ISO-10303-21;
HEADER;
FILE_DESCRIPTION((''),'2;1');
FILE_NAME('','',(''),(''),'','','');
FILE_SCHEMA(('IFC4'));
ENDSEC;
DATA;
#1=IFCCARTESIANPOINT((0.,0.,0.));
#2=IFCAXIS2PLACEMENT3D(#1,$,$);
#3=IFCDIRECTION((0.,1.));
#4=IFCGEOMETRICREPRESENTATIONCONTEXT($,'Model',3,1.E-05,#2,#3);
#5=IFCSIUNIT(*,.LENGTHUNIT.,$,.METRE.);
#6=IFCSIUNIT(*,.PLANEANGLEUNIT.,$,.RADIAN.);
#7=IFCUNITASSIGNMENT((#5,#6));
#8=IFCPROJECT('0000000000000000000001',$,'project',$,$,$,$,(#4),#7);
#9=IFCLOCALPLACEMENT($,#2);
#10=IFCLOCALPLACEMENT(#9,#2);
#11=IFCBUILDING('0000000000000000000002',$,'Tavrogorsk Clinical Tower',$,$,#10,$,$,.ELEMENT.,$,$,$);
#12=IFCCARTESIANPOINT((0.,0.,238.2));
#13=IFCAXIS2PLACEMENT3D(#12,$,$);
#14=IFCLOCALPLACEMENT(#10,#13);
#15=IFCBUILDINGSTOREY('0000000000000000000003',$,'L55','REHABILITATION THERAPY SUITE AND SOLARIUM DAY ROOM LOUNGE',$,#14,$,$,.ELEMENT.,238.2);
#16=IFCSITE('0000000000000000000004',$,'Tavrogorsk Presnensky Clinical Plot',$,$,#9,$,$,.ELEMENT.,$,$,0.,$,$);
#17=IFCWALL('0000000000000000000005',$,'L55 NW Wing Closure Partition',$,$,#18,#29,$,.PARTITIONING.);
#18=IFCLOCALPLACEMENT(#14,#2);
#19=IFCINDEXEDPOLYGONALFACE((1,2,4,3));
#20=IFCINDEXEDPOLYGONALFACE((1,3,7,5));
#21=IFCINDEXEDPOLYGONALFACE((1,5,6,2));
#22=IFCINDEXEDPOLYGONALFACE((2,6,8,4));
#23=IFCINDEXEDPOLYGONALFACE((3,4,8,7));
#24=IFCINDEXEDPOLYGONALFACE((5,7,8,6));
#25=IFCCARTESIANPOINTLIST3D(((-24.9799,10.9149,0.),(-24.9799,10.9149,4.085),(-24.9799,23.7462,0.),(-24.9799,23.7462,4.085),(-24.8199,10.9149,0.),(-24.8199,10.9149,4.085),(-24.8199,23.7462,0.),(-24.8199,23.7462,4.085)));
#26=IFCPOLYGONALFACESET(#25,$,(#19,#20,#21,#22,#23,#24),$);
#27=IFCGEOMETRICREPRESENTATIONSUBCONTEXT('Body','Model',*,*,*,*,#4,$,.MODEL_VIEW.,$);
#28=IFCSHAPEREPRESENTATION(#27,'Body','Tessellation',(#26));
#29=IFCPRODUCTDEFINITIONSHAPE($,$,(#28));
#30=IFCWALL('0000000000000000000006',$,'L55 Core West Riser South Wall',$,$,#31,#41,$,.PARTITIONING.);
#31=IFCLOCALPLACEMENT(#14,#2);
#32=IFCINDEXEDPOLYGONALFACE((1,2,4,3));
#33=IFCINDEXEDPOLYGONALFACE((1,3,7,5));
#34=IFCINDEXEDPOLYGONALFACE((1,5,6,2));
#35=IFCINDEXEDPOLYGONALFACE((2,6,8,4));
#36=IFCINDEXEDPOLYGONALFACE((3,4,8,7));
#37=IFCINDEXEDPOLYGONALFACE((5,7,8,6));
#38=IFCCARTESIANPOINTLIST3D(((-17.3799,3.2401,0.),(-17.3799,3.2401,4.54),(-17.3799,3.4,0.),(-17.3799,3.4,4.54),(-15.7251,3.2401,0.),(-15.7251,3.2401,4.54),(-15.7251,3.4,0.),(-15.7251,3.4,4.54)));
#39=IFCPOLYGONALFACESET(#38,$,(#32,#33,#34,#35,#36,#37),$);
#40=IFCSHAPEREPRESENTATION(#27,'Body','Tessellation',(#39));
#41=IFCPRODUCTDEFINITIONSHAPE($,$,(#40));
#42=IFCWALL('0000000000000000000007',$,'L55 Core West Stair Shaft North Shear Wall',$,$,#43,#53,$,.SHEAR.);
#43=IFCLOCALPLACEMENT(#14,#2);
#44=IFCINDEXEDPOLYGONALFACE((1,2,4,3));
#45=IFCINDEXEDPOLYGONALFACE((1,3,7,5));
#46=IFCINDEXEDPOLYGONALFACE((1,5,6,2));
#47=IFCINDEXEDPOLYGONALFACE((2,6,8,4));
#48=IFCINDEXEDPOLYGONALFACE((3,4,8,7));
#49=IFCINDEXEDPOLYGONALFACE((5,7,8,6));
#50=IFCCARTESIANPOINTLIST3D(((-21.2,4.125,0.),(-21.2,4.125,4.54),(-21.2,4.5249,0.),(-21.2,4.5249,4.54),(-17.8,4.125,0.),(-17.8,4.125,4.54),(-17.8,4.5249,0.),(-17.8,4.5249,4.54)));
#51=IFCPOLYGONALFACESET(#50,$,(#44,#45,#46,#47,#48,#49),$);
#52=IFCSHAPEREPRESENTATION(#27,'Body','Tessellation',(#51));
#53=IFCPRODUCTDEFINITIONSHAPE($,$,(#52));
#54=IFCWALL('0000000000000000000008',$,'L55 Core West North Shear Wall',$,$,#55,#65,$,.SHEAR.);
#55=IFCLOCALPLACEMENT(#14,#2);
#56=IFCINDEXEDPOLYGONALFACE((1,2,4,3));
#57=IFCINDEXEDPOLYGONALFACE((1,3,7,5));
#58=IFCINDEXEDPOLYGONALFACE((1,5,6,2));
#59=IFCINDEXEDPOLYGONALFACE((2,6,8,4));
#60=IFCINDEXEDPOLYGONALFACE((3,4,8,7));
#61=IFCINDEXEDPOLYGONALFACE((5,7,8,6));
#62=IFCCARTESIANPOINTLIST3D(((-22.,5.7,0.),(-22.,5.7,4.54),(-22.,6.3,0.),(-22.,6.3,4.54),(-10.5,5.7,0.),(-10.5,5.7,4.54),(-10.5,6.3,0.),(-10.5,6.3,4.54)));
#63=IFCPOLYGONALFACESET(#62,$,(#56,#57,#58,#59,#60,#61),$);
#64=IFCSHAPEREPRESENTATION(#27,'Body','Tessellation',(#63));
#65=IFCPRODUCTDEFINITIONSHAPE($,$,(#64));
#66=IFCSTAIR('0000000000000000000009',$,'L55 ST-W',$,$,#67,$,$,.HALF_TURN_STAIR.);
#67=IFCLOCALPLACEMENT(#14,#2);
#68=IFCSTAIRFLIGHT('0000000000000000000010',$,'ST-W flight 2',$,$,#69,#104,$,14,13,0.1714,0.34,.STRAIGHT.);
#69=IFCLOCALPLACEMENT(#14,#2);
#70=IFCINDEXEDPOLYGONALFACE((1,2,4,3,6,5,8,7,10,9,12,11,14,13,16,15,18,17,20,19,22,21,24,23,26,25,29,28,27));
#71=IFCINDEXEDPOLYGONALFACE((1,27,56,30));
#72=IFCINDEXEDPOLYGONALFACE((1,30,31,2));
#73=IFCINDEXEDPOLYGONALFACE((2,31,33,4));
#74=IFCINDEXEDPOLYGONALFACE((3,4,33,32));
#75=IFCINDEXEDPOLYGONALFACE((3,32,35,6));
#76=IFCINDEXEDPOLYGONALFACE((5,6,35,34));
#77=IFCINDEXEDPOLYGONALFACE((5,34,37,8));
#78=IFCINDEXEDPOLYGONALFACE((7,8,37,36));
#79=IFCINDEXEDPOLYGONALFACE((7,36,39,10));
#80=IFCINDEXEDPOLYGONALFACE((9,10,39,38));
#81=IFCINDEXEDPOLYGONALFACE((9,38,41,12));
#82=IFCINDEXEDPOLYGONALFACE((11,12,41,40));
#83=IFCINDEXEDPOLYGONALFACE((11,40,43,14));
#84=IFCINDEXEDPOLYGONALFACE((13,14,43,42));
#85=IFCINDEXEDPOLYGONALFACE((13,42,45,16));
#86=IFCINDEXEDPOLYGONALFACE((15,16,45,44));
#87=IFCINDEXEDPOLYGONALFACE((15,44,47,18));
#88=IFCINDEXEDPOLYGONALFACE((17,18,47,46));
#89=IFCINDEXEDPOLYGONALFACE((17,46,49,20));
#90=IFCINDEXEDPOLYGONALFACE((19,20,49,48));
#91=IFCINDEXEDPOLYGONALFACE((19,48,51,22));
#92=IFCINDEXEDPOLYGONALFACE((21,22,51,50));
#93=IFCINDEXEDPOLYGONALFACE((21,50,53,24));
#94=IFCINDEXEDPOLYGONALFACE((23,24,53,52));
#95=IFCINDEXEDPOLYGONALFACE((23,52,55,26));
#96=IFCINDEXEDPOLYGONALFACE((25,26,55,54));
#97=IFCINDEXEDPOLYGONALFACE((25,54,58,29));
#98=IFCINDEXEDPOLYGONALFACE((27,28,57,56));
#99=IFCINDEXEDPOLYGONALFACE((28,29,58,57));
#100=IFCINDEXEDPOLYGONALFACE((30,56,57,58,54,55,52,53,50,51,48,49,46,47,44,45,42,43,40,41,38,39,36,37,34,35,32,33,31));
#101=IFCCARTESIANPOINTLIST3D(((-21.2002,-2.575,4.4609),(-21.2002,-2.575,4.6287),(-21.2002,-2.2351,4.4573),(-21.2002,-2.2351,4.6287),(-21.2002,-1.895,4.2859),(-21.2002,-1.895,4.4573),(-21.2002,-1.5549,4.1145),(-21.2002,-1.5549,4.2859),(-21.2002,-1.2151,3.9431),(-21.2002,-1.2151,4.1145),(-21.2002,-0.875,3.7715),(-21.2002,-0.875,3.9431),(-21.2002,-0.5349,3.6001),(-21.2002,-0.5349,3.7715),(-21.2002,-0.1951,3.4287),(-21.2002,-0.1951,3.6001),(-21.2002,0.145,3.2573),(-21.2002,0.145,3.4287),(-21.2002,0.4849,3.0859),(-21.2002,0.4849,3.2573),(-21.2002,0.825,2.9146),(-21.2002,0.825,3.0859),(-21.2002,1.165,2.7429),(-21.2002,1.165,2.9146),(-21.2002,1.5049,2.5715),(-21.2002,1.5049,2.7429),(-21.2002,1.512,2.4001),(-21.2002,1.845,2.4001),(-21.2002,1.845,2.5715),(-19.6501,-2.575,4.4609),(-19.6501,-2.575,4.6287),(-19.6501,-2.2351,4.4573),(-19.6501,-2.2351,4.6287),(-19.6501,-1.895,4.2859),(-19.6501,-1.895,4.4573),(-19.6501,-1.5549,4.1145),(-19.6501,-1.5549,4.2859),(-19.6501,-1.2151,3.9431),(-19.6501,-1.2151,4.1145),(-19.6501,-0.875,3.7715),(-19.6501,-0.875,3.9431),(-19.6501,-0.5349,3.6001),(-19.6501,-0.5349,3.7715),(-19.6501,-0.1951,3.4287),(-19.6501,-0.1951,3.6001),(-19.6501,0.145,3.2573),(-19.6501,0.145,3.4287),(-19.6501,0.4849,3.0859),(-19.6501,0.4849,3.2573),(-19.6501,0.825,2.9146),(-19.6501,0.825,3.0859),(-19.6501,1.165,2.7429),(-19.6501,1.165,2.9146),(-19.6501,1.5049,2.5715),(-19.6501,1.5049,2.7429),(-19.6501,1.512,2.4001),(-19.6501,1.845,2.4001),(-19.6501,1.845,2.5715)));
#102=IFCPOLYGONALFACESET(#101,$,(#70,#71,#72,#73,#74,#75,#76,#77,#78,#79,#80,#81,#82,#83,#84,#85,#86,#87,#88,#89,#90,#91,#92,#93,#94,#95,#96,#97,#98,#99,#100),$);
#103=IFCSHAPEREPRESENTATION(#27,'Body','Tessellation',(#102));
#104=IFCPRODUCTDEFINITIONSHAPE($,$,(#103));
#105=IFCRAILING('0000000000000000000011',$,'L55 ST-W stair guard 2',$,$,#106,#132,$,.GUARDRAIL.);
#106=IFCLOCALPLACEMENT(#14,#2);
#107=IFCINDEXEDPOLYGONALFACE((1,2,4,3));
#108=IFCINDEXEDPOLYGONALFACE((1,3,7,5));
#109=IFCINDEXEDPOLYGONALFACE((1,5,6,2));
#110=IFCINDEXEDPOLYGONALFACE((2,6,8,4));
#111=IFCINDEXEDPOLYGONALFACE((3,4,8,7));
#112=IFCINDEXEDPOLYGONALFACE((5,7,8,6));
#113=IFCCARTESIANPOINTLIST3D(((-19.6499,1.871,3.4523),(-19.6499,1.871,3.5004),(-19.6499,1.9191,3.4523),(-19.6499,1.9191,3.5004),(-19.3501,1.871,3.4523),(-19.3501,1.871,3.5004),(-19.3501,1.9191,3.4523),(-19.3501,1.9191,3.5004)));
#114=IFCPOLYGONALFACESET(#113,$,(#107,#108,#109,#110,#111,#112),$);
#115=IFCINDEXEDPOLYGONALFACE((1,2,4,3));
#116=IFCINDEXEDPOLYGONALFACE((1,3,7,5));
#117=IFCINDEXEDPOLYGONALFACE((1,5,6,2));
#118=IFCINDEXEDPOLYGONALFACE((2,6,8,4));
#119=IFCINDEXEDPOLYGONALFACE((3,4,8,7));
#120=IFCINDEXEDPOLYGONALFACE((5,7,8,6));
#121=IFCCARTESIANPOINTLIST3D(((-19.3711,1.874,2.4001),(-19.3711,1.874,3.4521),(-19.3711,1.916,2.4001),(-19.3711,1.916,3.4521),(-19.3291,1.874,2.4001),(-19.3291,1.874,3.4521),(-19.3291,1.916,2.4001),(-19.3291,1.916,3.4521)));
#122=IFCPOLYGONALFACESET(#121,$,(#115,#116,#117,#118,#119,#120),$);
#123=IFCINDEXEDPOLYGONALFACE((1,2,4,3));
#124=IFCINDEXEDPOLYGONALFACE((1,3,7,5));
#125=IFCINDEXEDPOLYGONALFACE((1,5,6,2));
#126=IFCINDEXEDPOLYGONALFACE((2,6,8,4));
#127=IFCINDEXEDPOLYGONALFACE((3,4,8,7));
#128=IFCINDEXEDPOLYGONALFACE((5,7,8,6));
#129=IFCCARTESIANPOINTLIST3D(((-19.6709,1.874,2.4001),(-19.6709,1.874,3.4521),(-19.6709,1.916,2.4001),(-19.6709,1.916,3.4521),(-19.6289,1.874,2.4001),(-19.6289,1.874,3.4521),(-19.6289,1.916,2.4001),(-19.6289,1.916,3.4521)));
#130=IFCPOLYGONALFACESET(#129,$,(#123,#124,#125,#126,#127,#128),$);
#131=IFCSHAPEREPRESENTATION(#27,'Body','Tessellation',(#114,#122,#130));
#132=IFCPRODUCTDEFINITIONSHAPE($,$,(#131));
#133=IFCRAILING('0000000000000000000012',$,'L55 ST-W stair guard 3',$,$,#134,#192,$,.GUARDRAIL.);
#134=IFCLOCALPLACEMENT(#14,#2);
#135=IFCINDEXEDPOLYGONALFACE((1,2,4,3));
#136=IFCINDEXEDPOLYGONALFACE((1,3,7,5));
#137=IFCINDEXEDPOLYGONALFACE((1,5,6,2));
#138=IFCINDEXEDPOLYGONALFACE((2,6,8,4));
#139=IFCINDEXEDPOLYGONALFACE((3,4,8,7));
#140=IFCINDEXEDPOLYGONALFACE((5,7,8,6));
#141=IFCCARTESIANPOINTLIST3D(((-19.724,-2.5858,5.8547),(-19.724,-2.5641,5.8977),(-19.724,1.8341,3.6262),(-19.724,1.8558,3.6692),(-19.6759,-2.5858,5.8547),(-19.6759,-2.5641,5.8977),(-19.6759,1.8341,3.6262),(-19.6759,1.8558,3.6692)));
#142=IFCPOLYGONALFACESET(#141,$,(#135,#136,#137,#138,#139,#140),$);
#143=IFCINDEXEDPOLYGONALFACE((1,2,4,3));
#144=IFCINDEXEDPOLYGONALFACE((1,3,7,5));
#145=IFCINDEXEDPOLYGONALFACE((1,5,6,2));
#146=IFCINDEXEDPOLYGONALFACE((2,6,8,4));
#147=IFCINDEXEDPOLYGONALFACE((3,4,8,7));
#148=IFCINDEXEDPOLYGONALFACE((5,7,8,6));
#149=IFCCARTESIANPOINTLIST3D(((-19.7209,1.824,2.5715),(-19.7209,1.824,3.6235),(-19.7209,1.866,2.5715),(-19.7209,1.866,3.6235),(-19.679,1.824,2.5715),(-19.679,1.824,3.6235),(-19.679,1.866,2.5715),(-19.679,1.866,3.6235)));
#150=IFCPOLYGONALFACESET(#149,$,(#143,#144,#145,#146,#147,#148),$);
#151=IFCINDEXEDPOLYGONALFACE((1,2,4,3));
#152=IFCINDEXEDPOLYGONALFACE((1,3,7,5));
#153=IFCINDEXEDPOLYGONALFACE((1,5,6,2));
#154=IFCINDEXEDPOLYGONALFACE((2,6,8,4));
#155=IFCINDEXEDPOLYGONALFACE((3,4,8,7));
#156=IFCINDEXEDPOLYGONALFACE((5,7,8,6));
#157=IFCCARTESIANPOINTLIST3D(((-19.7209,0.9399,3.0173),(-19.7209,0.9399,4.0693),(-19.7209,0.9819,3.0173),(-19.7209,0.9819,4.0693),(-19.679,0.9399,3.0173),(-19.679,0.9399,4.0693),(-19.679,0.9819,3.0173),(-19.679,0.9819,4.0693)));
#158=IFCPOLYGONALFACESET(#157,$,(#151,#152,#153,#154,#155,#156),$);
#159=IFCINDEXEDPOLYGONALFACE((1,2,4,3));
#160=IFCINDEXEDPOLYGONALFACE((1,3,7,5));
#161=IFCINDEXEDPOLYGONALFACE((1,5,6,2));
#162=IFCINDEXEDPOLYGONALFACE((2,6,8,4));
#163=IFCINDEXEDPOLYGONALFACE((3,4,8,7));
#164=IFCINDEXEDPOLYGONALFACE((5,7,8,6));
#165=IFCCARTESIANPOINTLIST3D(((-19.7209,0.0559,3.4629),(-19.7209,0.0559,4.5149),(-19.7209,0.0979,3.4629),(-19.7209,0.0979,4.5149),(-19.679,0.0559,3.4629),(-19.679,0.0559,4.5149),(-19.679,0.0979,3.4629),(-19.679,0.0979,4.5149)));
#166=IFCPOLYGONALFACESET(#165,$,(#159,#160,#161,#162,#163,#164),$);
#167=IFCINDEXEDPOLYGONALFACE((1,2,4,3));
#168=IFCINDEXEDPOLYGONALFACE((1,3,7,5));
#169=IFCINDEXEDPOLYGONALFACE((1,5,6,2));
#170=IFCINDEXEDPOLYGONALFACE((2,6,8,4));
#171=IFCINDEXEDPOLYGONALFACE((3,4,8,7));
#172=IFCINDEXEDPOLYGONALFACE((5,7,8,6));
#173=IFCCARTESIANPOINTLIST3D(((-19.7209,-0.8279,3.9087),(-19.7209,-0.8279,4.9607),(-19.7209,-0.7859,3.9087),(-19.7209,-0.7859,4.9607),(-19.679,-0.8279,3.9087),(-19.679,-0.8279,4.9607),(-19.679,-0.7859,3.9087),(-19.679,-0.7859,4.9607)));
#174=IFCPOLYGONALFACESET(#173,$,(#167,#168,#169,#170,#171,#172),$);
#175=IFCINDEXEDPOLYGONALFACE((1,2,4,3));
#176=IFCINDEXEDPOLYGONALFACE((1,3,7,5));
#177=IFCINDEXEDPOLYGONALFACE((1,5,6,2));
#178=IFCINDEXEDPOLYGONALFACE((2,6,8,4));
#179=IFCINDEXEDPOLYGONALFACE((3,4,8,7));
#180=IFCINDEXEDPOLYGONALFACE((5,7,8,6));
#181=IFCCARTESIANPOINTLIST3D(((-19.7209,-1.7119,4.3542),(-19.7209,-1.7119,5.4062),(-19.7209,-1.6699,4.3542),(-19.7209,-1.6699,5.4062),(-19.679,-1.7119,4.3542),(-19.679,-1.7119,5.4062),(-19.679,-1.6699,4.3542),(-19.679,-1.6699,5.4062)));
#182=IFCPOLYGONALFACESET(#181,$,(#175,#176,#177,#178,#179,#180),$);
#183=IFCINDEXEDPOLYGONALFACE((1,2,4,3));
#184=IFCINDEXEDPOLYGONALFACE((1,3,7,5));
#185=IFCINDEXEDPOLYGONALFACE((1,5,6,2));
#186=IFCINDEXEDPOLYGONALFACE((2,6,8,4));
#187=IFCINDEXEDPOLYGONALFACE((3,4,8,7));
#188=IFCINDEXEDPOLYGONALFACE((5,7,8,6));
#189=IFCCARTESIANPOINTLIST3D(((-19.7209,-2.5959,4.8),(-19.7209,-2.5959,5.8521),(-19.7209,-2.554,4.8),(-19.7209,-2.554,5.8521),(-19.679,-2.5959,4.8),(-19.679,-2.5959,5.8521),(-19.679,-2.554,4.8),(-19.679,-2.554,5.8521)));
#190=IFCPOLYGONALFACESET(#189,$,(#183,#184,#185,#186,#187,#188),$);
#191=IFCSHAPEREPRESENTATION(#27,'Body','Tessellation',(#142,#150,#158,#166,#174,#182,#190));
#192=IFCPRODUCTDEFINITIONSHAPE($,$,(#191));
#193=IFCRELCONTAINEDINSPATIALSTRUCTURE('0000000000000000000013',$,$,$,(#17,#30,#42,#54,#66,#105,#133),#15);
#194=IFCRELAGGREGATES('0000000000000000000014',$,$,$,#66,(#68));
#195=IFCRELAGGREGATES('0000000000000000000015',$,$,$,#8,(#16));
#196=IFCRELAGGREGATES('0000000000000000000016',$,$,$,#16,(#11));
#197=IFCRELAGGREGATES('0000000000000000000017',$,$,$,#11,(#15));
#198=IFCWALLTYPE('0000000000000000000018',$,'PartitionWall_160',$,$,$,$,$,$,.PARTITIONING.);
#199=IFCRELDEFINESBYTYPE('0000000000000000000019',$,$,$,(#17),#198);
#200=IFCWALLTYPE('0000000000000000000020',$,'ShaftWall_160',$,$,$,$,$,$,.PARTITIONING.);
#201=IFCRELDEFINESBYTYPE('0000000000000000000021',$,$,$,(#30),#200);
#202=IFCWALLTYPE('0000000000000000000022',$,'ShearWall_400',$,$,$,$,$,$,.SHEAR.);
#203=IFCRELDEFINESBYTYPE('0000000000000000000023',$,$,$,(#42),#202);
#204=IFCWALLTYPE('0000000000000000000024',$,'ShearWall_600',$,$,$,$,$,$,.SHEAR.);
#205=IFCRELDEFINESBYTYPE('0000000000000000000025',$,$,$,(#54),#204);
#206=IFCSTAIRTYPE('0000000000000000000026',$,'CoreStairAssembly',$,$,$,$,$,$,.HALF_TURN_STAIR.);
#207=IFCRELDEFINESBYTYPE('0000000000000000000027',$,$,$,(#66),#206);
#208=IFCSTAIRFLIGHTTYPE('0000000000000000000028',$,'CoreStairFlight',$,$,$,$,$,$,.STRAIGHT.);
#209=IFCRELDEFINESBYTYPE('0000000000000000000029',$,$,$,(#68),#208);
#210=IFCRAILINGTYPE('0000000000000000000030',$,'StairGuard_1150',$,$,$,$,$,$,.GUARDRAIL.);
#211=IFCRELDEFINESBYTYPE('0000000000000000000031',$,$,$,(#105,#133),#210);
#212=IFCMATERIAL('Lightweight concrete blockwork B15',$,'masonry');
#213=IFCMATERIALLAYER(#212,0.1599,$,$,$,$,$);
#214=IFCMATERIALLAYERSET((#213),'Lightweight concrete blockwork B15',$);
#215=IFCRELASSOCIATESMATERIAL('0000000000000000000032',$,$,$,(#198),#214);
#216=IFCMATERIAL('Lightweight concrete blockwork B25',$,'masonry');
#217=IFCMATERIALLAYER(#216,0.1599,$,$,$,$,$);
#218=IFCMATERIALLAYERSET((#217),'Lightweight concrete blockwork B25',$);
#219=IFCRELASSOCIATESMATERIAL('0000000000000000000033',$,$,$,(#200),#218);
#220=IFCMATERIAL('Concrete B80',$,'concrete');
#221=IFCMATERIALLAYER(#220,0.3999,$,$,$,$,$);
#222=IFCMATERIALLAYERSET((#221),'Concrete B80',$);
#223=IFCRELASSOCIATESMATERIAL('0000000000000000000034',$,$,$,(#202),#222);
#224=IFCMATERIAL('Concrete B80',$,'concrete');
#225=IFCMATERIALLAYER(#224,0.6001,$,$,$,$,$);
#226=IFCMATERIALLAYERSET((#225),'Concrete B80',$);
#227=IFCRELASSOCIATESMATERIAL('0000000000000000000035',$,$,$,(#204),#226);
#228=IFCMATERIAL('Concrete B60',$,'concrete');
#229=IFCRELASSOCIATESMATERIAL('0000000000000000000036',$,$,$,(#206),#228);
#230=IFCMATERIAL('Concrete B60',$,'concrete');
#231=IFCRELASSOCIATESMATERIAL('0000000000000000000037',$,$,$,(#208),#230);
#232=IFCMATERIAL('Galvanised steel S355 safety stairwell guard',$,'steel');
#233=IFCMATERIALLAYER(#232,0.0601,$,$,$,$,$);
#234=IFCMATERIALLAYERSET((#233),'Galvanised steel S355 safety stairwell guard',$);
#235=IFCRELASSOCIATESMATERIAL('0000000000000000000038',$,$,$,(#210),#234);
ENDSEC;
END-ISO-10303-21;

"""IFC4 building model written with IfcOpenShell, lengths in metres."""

from ifc_helpers import new_model, si_unit, direction, frame, frame_2d, origin, origin_2d, place, context, subcontext, project, spatial, polyline, rectangle, outline, extrude, material, layer, layer_set, type_object, element, aggregate, save


model = new_model("IFC4")

# Units and contexts
model_context = context("Model", 3, precision=1e-05, world=origin(), true_north=direction((0.0, 1.0)))
body_context = subcontext(model_context, "Body", "Model", "MODEL_VIEW")
ifc_project = project(units=[si_unit("LENGTHUNIT", "METRE"), si_unit("PLANEANGLEUNIT", "RADIAN")], contexts=[model_context])

# Site, building, storey
site_placement = place(None, origin())
site = spatial("IfcSite", under=ifc_project, at=site_placement, Name="Tavrogorsk Presnensky Clinical Plot", CompositionType="ELEMENT", RefElevation=0.0)
building_placement = place(site_placement, origin())
building = spatial("IfcBuilding", under=site, at=building_placement, Name="Tavrogorsk Clinical Tower", CompositionType="ELEMENT")
storey_placement = place(building_placement, frame((0.0, 0.0, 238.2)))
storey = spatial("IfcBuildingStorey", under=building, at=storey_placement, Name="L55", Description="REHABILITATION THERAPY SUITE AND SOLARIUM DAY ROOM LOUNGE", CompositionType="ELEMENT", Elevation=238.2)

# Shared definitions
ifc_material_1 = material(Name="Lightweight concrete blockwork B15", Category="masonry")
ifc_layer_1 = layer(ifc_material_1, 0.1599)
ifc_layer_set_1 = layer_set([ifc_layer_1], Name="Lightweight concrete blockwork B15")
wall_type_1 = type_object("IfcWallType", Name="PartitionWall_160", PredefinedType="PARTITIONING", material=ifc_layer_set_1)

# Walls
wall_1_placement = place(storey_placement, frame((-24.8999, 10.915, 0.0), z_axis=(0.0, 0.0, 1.0), x_axis=(0.0, 1.0, 0.0)))
element("IfcWall", 1, at=wall_1_placement, inside=storey, type_object=wall_type_1, Name="L55 NW Wing Closure Partition", PredefinedType="PARTITIONING", context=body_context, shape_type="SweptSolid", body=[
    extrude(rectangle(XDim=12.8313, YDim=0.1599, at=frame_2d((6.4155, 0.0))), origin(), (0.0, 0.0, 1.0), 4.085),
])
ifc_material_2 = material(Name="Lightweight concrete blockwork B25", Category="masonry")
ifc_layer_2 = layer(ifc_material_2, 0.1599)
ifc_layer_set_2 = layer_set([ifc_layer_2], Name="Lightweight concrete blockwork B25")
wall_type_2 = type_object("IfcWallType", Name="ShaftWall_160", PredefinedType="PARTITIONING", material=ifc_layer_set_2)
wall_2_placement = place(storey_placement, frame((-17.3799, 3.3201, 0.0), z_axis=(0.0, 0.0, 1.0), x_axis=(1.0, 0.0, 0.0)))
element("IfcWall", 2, at=wall_2_placement, inside=storey, type_object=wall_type_2, Name="L55 Core West Riser South Wall", PredefinedType="PARTITIONING", context=body_context, shape_type="SweptSolid", body=[
    extrude(rectangle(XDim=1.6548, YDim=0.1599, at=frame_2d((0.8274, 0.0))), origin(), (0.0, 0.0, 1.0), 4.54),
])
ifc_material_3 = material(Name="Concrete B80", Category="concrete")
ifc_layer_3 = layer(ifc_material_3, 0.3999)
ifc_layer_set_3 = layer_set([ifc_layer_3], Name="Concrete B80")
wall_type_3 = type_object("IfcWallType", Name="ShearWall_400", PredefinedType="SHEAR", material=ifc_layer_set_3)
wall_3_placement = place(storey_placement, frame((-21.2, 4.325, 0.0), z_axis=(0.0, 0.0, 1.0), x_axis=(1.0, 0.0, 0.0)))
element("IfcWall", 3, at=wall_3_placement, inside=storey, type_object=wall_type_3, Name="L55 Core West Stair Shaft North Shear Wall", PredefinedType="SHEAR", context=body_context, shape_type="SweptSolid", body=[
    extrude(rectangle(XDim=3.3999, YDim=0.3999, at=frame_2d((1.7, 0.0))), origin(), (0.0, 0.0, 1.0), 4.54),
])
ifc_material_4 = material(Name="Concrete B80", Category="concrete")
ifc_layer_4 = layer(ifc_material_4, 0.6001)
ifc_layer_set_4 = layer_set([ifc_layer_4], Name="Concrete B80")
wall_type_4 = type_object("IfcWallType", Name="ShearWall_600", PredefinedType="SHEAR", material=ifc_layer_set_4)
wall_4_placement = place(storey_placement, frame((-22.0, 6.0, 0.0), z_axis=(0.0, 0.0, 1.0), x_axis=(1.0, 0.0, 0.0)))
element("IfcWall", 4, at=wall_4_placement, inside=storey, type_object=wall_type_4, Name="L55 Core West North Shear Wall", PredefinedType="SHEAR", context=body_context, shape_type="SweptSolid", body=[
    extrude(rectangle(XDim=11.5, YDim=0.6001, at=frame_2d((5.75, 0.0))), origin(), (0.0, 0.0, 1.0), 4.54),
])

# Stair, stair flight
ifc_material_5 = material(Name="Concrete B60", Category="concrete")
stair_type = type_object("IfcStairType", Name="CoreStairAssembly", PredefinedType="HALF_TURN_STAIR", material=ifc_material_5)
stair_placement = place(storey_placement, origin())
stair = element("IfcStair", 5, at=stair_placement, inside=storey, type_object=stair_type, Name="L55 ST-W", PredefinedType="HALF_TURN_STAIR")
ifc_material_6 = material(Name="Concrete B60", Category="concrete")
stair_flight_type = type_object("IfcStairFlightType", Name="CoreStairFlight", PredefinedType="STRAIGHT", material=ifc_material_6)
stair_flight_placement = place(storey_placement, frame((-20.425, 1.845, 2.4001), z_axis=(0.0, 0.0, 1.0), x_axis=(0.0, -1.0, 0.0)))
stair_flight = element("IfcStairFlight", 6, at=stair_flight_placement, type_object=stair_flight_type, Name="ST-W flight 2", NumberOfRisers=14, NumberOfTreads=13, PredefinedType="STRAIGHT", RiserHeight=0.1714, TreadLength=0.34, context=body_context, shape_type="SweptSolid", body=[
    extrude(outline(polyline([(0.0, 0.0), (0.0, 0.1714), (0.3401, 0.1714), (0.3401, 0.3428), (0.6799, 0.3428), (0.6799, 0.5144), (1.02, 0.5144), (1.02, 0.6858), (1.3601, 0.6858), (1.3601, 0.8572), (1.7, 0.8572), (1.7, 1.0286), (2.04, 1.0286), (2.04, 1.2), (2.3799, 1.2), (2.3799, 1.3713), (2.72, 1.3713), (2.72, 1.543), (3.0601, 1.543), (3.0601, 1.7144), (3.3999, 1.7144), (3.3999, 1.8857), (3.74, 1.8857), (3.74, 2.0571), (4.0801, 2.0571), (4.0801, 2.2285), (4.4199, 2.2285), (4.4199, 2.3999), (4.4199, 2.0608), (0.333, 0.0), (0.0, 0.0)])), frame((0.0, 0.7749, 0.0), z_axis=(0.0, -1.0, 0.0), x_axis=(1.0, 0.0, 0.0)), (0.0, 0.0, 1.0), 1.55),
])
aggregate(stair, [stair_flight])

# Railings
ifc_material_7 = material(Name="Galvanised steel S355 safety stairwell guard", Category="steel")
ifc_layer_5 = layer(ifc_material_7, 0.0601)
ifc_layer_set_5 = layer_set([ifc_layer_5], Name="Galvanised steel S355 safety stairwell guard")
railing_type_1 = type_object("IfcRailingType", Name="StairGuard_1150", PredefinedType="GUARDRAIL", material=ifc_layer_set_5)
railing_1_placement = place(storey_placement, frame((-19.3501, 1.895, 2.4001)))
element("IfcRailing", 7, at=railing_1_placement, inside=storey, type_object=railing_type_1, Name="L55 ST-W stair guard 2", PredefinedType="GUARDRAIL", context=body_context, shape_type="SweptSolid", body=[
    extrude(rectangle(XDim=0.0481, YDim=0.0481, at=origin_2d()), frame((0.0, 0.0, 1.0762), z_axis=(-1.0, 0.0, 0.0), x_axis=(0.0, -1.0, 0.0)), (0.0, 0.0, 1.0), 0.2998),
    extrude(rectangle(XDim=0.042, YDim=0.042, at=origin_2d()), origin(), (0.0, 0.0, 1.0), 1.052),
    extrude(rectangle(XDim=0.042, YDim=0.042, at=origin_2d()), frame((-0.2998, 0.0, 0.0)), (0.0, 0.0, 1.0), 1.052),
])
railing_2_placement = place(storey_placement, frame((-19.7, 1.845, 2.5715)))
element("IfcRailing", 8, at=railing_2_placement, inside=storey, type_object=railing_type_1, Name="L55 ST-W stair guard 3", PredefinedType="GUARDRAIL", context=body_context, shape_type="SweptSolid", body=[
    extrude(rectangle(XDim=0.0481, YDim=0.0481, at=origin_2d()), frame((0.0, 0.0, 1.0762), z_axis=(0.0, -0.892923, 0.45021), x_axis=(1.0, 0.0, 0.0)), (0.0, 0.0, 1.0), 4.95),
    extrude(rectangle(XDim=0.042, YDim=0.042, at=origin_2d()), origin(), (0.0, 0.0, 1.0), 1.052),
    extrude(rectangle(XDim=0.042, YDim=0.042, at=origin_2d()), frame((0.0, -0.884, 0.4458)), (0.0, 0.0, 1.0), 1.052),
    extrude(rectangle(XDim=0.042, YDim=0.042, at=origin_2d()), frame((0.0, -1.7681, 0.8914)), (0.0, 0.0, 1.0), 1.052),
    extrude(rectangle(XDim=0.042, YDim=0.042, at=origin_2d()), frame((0.0, -2.6519, 1.3372)), (0.0, 0.0, 1.0), 1.052),
    extrude(rectangle(XDim=0.042, YDim=0.042, at=origin_2d()), frame((0.0, -3.5359, 1.7827)), (0.0, 0.0, 1.0), 1.052),
    extrude(rectangle(XDim=0.042, YDim=0.042, at=origin_2d()), frame((0.0, -4.4199, 2.2285)), (0.0, 0.0, 1.0), 1.052),
])

save(model, "model.ifc")
